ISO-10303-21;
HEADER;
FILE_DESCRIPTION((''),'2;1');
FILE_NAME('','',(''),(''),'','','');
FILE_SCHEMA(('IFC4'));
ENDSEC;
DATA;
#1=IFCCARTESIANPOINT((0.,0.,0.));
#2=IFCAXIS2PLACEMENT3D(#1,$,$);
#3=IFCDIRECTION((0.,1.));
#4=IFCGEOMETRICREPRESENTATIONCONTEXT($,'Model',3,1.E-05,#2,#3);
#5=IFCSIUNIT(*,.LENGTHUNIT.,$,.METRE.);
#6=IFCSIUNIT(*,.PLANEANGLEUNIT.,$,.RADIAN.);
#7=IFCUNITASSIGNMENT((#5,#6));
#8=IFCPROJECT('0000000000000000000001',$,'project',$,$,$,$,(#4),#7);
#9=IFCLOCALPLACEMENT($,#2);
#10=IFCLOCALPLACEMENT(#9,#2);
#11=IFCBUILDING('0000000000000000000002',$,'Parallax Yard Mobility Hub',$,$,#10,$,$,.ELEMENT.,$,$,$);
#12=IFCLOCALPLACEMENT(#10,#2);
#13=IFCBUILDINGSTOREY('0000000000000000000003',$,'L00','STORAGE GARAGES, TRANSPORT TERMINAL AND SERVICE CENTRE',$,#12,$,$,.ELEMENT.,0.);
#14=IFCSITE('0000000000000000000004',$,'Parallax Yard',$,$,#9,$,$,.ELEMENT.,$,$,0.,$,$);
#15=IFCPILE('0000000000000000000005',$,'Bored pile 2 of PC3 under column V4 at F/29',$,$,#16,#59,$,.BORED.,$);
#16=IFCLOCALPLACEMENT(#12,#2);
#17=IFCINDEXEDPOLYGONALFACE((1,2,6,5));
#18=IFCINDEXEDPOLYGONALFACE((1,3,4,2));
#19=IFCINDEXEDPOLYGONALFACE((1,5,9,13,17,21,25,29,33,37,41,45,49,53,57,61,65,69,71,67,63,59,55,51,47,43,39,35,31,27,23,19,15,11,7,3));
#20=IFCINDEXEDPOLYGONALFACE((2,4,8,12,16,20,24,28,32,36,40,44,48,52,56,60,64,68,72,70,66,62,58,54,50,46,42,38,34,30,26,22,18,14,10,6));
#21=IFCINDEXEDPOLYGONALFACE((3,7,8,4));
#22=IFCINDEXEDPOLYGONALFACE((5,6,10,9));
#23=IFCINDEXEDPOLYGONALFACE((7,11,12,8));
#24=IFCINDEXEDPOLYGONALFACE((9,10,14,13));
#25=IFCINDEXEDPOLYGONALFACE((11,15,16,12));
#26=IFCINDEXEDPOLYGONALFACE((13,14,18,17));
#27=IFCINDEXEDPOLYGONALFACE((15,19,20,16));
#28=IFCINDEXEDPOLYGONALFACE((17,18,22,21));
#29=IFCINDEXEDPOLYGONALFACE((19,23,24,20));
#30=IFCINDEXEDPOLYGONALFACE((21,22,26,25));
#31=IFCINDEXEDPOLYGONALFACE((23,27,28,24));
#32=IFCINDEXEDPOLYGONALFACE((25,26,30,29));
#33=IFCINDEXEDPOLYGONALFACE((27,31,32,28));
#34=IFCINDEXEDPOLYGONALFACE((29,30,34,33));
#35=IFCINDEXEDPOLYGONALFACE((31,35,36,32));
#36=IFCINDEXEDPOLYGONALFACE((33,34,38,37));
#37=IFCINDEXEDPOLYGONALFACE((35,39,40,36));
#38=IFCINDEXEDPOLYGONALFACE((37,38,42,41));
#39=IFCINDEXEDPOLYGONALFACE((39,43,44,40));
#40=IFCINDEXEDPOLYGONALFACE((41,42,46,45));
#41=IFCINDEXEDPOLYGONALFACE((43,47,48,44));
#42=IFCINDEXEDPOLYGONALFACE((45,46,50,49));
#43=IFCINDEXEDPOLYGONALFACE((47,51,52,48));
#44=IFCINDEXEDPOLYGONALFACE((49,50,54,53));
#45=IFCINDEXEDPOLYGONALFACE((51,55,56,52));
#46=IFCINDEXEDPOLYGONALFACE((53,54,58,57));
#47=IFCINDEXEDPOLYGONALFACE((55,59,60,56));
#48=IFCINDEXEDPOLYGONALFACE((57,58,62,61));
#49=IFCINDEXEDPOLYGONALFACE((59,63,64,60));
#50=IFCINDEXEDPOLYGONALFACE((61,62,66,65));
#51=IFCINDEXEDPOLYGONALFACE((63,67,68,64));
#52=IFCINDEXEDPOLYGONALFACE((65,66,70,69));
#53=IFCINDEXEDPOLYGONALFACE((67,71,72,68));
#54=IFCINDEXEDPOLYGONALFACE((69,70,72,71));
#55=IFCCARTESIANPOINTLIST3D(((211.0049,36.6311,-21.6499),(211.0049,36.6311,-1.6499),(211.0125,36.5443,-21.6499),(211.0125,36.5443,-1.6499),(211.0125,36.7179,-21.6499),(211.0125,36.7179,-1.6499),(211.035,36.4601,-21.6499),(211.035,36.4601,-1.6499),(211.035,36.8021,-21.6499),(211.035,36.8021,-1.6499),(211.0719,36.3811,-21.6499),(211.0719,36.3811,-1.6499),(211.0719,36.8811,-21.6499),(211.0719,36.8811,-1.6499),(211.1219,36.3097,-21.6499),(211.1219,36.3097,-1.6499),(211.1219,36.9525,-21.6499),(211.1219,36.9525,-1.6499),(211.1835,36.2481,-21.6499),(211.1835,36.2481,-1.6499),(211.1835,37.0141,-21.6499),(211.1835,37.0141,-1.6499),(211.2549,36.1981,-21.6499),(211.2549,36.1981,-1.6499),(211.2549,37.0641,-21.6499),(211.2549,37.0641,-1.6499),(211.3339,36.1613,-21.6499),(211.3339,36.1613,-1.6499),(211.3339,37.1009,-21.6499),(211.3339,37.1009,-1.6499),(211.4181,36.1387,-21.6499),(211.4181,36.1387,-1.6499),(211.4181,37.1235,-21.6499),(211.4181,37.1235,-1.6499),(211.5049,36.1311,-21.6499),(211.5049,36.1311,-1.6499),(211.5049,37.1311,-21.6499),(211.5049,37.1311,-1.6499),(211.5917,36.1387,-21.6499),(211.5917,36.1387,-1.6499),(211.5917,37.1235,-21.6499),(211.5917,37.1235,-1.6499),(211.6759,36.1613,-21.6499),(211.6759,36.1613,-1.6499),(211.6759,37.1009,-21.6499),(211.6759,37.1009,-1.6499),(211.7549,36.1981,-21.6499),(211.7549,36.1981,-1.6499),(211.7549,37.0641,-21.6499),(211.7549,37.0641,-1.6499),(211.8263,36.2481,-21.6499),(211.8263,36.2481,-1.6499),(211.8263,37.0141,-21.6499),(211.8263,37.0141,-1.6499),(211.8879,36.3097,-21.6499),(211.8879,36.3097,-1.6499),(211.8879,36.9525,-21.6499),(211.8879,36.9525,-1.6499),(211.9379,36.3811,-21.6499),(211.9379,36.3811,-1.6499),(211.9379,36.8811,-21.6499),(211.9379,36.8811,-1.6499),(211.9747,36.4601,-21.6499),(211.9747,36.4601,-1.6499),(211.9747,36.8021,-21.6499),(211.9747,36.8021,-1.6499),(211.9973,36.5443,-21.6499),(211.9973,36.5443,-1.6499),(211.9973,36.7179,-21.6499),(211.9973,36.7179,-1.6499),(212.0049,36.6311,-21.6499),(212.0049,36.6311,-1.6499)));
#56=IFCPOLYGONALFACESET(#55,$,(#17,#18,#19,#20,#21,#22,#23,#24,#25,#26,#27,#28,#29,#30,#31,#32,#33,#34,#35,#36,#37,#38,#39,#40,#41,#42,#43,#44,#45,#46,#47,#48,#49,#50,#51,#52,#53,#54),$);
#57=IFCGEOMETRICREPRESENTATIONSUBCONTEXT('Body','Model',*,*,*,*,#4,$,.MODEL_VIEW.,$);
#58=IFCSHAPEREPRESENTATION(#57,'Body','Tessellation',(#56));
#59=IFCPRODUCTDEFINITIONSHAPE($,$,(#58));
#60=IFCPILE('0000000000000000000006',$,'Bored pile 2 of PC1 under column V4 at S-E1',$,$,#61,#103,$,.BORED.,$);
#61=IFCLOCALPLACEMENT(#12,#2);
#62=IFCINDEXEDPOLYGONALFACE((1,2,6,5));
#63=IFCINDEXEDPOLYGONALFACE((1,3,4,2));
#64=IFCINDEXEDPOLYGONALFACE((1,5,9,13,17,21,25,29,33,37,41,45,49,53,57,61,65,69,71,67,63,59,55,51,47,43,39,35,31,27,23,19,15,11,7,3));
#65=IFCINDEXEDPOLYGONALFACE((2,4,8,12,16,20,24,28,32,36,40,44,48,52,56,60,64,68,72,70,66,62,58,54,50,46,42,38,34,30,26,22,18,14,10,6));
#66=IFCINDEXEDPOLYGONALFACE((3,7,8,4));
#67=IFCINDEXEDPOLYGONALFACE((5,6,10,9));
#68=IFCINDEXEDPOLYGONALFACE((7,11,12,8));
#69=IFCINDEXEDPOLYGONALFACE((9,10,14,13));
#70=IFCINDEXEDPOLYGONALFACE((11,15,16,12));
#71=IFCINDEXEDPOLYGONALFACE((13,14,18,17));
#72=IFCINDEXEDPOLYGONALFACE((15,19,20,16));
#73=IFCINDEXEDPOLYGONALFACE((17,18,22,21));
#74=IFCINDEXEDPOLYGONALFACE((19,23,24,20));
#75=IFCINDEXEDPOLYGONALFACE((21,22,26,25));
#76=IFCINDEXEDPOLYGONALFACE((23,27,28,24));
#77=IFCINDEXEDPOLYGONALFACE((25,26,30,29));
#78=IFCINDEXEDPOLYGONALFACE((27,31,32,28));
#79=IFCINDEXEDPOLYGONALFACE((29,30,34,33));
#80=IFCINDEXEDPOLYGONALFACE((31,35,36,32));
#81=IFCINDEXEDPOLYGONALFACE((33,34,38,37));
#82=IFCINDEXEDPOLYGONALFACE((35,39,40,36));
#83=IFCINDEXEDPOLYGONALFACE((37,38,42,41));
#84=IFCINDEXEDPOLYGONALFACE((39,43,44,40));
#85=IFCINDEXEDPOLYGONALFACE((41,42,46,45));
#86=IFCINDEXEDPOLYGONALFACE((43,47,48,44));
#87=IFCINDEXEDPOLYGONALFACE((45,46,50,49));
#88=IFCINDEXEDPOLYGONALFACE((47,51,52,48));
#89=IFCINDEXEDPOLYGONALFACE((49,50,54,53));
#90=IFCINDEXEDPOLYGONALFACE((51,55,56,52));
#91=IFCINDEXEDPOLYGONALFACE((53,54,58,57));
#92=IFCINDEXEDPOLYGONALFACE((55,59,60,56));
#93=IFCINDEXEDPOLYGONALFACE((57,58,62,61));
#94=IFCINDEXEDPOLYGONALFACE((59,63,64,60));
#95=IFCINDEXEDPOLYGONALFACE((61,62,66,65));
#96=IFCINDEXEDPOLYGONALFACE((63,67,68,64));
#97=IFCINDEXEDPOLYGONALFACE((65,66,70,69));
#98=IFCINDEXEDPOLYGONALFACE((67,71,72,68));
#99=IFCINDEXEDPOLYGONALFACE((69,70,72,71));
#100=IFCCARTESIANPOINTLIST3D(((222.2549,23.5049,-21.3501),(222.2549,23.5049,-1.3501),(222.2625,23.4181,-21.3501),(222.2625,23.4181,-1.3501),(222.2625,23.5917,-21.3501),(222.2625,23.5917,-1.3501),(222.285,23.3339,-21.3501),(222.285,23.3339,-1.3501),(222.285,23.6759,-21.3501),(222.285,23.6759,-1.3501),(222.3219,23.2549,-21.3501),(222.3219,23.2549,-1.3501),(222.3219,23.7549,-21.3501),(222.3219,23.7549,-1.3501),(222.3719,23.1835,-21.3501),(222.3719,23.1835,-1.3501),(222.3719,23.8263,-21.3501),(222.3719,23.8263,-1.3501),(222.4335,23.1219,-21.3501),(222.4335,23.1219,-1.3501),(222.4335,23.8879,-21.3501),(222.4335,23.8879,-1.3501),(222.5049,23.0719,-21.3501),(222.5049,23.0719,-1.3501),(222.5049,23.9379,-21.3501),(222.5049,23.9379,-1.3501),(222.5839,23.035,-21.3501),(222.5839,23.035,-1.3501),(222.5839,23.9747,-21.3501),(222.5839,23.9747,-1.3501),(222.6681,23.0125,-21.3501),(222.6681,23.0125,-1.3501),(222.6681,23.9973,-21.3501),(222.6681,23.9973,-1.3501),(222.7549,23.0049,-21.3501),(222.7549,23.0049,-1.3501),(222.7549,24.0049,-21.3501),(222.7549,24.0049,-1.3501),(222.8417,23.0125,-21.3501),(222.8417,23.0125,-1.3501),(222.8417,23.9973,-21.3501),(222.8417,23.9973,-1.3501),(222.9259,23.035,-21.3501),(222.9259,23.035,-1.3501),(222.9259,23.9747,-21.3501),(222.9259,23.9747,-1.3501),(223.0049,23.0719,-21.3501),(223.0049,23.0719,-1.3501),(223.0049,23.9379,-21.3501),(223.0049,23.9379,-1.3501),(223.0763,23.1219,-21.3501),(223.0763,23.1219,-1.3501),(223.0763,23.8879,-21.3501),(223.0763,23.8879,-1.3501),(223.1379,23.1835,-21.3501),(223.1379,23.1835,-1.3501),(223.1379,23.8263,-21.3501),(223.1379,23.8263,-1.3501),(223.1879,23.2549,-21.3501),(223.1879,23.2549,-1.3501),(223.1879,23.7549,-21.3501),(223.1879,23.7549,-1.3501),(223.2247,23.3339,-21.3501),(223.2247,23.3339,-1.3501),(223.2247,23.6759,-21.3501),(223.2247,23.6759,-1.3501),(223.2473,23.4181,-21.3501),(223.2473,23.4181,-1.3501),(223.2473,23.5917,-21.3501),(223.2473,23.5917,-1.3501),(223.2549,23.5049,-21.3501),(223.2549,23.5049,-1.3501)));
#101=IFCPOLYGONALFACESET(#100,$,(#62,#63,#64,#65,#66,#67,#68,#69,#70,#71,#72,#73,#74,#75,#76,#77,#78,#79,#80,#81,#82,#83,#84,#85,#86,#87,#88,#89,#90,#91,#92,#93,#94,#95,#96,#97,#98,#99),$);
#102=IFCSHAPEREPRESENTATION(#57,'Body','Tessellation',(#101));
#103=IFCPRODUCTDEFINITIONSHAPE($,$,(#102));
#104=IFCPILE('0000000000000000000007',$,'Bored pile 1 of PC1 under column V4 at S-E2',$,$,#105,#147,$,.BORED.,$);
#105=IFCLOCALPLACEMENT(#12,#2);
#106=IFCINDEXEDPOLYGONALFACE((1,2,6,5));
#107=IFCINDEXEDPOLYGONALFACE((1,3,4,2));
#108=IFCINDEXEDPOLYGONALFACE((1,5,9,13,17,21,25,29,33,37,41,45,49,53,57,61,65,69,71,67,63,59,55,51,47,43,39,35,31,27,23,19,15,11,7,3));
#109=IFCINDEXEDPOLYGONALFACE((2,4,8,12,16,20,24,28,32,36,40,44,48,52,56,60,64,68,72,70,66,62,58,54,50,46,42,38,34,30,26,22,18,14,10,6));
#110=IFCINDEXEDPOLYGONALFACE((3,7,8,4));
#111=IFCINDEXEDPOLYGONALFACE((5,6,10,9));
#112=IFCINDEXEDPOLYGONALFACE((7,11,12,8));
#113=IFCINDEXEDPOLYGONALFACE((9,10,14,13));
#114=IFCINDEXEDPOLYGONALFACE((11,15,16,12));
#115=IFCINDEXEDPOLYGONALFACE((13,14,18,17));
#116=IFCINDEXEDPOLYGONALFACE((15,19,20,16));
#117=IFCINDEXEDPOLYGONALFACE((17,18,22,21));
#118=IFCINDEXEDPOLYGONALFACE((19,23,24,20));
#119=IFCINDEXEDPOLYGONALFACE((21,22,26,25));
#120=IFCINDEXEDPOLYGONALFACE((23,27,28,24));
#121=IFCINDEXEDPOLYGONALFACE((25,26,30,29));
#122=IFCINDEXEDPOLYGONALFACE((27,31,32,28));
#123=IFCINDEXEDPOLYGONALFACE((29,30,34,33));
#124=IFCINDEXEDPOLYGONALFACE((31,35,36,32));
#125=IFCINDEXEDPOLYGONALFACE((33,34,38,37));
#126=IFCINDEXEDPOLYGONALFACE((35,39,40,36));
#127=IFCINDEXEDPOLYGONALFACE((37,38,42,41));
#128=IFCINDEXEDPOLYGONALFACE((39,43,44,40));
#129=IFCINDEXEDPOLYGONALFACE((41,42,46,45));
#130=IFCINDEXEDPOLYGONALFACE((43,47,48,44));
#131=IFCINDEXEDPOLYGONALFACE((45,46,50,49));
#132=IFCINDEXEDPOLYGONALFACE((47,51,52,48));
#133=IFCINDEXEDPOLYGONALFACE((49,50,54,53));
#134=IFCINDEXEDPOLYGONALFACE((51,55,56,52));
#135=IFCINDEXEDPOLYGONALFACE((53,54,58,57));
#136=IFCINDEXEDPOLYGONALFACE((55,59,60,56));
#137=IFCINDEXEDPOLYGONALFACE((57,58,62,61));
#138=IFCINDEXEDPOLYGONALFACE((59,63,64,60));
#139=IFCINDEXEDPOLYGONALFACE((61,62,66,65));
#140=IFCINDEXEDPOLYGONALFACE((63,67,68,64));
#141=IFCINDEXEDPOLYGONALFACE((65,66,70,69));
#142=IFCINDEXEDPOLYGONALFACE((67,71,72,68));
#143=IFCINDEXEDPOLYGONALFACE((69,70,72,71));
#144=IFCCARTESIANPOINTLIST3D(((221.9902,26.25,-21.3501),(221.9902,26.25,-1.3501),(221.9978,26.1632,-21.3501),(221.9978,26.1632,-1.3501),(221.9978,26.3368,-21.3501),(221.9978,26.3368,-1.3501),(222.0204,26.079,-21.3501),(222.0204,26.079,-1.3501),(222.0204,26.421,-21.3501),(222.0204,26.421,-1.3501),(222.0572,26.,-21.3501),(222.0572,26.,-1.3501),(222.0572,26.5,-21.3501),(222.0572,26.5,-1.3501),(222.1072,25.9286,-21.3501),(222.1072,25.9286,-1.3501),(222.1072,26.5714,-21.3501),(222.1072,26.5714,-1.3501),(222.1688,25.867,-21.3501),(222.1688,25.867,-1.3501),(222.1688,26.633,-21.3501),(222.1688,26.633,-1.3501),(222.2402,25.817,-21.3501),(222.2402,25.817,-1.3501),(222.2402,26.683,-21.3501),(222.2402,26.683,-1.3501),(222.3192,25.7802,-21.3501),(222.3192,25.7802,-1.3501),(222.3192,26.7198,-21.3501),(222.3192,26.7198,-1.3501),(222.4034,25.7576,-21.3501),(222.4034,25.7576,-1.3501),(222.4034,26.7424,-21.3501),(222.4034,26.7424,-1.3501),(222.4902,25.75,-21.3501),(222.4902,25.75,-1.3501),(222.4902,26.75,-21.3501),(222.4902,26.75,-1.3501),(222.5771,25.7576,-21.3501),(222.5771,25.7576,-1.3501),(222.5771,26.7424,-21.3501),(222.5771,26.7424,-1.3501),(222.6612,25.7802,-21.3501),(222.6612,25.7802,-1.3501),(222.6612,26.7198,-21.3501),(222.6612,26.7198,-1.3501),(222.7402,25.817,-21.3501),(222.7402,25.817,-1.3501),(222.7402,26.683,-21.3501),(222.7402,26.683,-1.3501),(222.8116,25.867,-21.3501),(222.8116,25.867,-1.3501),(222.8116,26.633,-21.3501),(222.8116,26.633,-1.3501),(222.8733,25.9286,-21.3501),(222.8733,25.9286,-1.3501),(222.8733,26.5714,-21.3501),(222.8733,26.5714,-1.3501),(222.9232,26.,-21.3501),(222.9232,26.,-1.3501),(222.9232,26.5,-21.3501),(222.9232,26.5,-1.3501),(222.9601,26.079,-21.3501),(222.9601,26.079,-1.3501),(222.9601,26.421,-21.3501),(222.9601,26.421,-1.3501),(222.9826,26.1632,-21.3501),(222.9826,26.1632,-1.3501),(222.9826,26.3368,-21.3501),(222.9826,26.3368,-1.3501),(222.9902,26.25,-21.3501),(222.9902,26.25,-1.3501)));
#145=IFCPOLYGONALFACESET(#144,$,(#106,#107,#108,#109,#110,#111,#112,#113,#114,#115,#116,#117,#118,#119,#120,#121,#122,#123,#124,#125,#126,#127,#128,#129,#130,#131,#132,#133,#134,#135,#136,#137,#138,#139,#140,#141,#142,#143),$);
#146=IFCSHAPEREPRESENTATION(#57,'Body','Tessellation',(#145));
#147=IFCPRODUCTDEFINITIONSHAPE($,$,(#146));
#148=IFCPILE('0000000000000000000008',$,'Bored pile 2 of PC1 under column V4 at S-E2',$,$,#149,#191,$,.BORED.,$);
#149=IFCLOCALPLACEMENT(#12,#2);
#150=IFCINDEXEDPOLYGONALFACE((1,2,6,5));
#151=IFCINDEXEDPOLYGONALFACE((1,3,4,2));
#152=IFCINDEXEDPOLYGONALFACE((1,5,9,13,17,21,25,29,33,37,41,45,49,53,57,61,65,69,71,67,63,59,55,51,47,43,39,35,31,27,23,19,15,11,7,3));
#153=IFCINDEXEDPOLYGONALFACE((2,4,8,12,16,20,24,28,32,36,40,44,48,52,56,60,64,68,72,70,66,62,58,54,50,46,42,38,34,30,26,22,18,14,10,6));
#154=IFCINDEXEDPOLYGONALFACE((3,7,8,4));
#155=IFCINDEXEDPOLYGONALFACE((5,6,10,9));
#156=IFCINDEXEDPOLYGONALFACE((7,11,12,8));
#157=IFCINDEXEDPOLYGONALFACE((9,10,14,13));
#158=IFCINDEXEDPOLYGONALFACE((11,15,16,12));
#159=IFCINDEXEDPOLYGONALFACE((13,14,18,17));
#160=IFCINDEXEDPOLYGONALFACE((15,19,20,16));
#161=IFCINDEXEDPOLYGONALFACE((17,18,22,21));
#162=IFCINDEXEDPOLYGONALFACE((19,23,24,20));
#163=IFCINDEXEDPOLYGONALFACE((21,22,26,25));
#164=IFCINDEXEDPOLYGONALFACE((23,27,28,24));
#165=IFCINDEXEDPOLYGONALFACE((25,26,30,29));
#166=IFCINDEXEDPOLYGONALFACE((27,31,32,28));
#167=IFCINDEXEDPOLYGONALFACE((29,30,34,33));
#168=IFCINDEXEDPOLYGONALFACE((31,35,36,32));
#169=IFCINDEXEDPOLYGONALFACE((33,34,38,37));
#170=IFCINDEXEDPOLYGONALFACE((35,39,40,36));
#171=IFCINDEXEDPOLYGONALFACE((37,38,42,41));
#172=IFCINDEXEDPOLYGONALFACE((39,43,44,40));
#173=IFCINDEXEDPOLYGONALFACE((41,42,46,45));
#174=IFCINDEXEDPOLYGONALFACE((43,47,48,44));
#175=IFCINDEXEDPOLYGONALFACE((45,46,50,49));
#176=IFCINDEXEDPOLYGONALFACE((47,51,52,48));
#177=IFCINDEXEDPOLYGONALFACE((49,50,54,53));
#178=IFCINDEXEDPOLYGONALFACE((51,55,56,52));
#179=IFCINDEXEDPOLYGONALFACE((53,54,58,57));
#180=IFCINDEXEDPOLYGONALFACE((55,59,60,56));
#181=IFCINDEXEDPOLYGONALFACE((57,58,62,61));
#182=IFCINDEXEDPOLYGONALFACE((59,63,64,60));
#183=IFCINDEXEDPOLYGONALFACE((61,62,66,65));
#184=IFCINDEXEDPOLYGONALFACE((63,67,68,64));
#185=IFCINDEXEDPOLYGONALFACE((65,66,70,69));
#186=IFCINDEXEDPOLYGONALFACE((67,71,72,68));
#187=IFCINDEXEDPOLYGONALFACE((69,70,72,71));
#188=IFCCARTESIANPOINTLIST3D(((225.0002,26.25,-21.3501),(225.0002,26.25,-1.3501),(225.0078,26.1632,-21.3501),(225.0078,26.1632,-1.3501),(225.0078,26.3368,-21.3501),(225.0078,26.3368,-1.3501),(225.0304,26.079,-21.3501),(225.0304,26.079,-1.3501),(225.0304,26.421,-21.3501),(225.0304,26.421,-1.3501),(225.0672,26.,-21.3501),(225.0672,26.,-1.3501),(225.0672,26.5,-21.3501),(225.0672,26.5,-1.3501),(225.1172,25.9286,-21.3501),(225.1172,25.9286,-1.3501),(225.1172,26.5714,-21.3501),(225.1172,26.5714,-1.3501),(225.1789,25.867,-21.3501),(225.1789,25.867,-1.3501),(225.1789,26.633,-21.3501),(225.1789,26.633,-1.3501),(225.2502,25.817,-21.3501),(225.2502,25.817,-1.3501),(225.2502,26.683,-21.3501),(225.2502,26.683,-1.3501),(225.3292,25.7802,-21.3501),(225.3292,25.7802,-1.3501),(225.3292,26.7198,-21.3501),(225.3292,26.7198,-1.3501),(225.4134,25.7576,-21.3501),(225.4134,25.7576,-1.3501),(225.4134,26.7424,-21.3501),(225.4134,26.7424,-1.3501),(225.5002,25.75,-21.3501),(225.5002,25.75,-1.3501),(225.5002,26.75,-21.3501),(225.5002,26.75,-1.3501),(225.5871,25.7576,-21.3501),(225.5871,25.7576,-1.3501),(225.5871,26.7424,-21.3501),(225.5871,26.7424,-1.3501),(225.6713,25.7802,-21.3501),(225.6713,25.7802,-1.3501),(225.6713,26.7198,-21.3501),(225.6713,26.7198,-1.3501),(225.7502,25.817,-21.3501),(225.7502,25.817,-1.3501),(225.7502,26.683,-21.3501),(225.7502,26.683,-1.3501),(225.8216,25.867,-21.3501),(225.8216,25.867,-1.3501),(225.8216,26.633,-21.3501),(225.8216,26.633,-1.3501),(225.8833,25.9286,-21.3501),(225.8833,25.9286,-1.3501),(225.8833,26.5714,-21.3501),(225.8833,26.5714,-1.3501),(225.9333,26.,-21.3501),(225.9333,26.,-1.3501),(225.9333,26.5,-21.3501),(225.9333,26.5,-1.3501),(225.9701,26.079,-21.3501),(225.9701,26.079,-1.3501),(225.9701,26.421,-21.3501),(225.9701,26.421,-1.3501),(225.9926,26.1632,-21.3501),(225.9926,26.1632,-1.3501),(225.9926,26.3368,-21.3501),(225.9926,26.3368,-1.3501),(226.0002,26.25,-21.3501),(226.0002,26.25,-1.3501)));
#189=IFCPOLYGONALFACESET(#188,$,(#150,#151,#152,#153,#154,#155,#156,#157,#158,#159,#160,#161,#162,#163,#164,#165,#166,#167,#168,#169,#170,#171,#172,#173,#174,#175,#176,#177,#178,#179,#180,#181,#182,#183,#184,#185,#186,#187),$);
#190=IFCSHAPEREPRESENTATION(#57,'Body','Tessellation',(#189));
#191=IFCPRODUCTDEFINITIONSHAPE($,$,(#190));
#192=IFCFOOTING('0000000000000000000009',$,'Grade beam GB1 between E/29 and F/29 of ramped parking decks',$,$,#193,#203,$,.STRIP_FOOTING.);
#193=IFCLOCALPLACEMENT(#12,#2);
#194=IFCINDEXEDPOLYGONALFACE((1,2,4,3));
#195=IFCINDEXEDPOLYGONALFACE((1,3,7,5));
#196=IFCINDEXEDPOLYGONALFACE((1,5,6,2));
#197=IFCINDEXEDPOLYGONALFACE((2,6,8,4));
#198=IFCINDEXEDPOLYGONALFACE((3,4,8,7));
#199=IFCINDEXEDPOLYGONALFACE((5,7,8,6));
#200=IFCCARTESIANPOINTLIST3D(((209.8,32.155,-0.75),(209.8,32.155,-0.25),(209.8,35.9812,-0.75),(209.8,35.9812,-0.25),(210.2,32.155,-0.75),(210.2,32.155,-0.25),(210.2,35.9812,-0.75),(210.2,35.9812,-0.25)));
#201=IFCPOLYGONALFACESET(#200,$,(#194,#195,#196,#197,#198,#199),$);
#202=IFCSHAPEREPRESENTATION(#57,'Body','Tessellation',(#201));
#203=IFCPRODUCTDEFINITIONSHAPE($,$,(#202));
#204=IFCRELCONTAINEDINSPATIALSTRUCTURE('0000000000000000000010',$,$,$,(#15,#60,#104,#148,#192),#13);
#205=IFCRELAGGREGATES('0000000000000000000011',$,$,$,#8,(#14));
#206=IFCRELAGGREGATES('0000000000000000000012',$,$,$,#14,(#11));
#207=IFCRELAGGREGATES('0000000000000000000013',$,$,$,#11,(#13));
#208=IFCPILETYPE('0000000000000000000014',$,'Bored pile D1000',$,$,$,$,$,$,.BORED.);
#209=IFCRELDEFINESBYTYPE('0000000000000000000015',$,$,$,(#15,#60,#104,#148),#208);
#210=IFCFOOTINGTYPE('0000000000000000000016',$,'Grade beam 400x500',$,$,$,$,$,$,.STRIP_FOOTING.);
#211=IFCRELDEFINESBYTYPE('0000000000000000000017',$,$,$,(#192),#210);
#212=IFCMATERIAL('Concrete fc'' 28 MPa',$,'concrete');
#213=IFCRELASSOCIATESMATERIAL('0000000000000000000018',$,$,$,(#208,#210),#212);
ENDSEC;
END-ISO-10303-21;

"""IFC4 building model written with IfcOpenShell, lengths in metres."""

from ifc_helpers import new_model, si_unit, direction, frame, origin, origin_2d, place, context, subcontext, project, spatial, rectangle, circle, extrude, material, material_profile, profile_set, type_object, element, save


model = new_model("IFC4")

# Units and contexts
model_context = context("Model", 3, precision=1e-05, world=origin(), true_north=direction((0.0, 1.0)))
body_context = subcontext(model_context, "Body", "Model", "MODEL_VIEW")
ifc_project = project(units=[si_unit("LENGTHUNIT", "METRE"), si_unit("PLANEANGLEUNIT", "RADIAN")], contexts=[model_context])

# Site, building, storey
site_placement = place(None, origin())
site = spatial("IfcSite", under=ifc_project, at=site_placement, Name="Parallax Yard", CompositionType="ELEMENT", RefElevation=0.0)
building_placement = place(site_placement, origin())
building = spatial("IfcBuilding", under=site, at=building_placement, Name="Parallax Yard Mobility Hub", CompositionType="ELEMENT")
storey_placement = place(building_placement, origin())
storey = spatial("IfcBuildingStorey", under=building, at=storey_placement, Name="L00", Description="STORAGE GARAGES, TRANSPORT TERMINAL AND SERVICE CENTRE", CompositionType="ELEMENT", Elevation=0.0)

# Piles
ifc_material_1 = material(Name="Concrete fc' 28 MPa", Category="concrete")
ifc_material_profile_1 = material_profile(ifc_material_1, circle(Radius=0.5, at=origin_2d()), Name="Bored pile D1000")
ifc_profile_set_1 = profile_set([ifc_material_profile_1], Name="Concrete fc' 28 MPa")
pile_type = type_object("IfcPileType", Name="Bored pile D1000", PredefinedType="BORED", material=ifc_profile_set_1)
for number, where, z_axis, x_axis, name in (
    (1, (211.5049, 36.6311, -1.6499), (0.0, 0.0, -1.0), (1.0, 0.0, 0.0), "Bored pile 2 of PC3 under column V4 at F/29"),
    (2, (222.7549, 23.5049, -1.3501), (0.0, 0.0, -1.0), (1.0, 0.0, 0.0), "Bored pile 2 of PC1 under column V4 at S-E1"),
    (3, (222.4902, 26.25, -1.3501), (0.0, 0.0, -1.0), (1.0, 0.0, 0.0), "Bored pile 1 of PC1 under column V4 at S-E2"),
    (4, (225.5002, 26.25, -1.3501), (0.0, 0.0, -1.0), (1.0, 0.0, 0.0), "Bored pile 2 of PC1 under column V4 at S-E2"),
):
    element("IfcPile", number, at=place(storey_placement, frame(where, z_axis=z_axis, x_axis=x_axis)), inside=storey, type_object=pile_type, Name=name, PredefinedType="BORED", context=body_context, shape_type="SweptSolid", body=[
        extrude(circle(Radius=0.5, at=origin_2d()), origin(), (0.0, 0.0, 1.0), 20.0),
    ])

# Footing
ifc_material_profile_2 = material_profile(ifc_material_1, rectangle(XDim=0.3999, YDim=0.5, at=origin_2d()), Name="Grade beam 400x500")
ifc_profile_set_2 = profile_set([ifc_material_profile_2], Name="Concrete fc' 28 MPa")
footing_type_1 = type_object("IfcFootingType", Name="Grade beam 400x500", PredefinedType="STRIP_FOOTING", material=ifc_profile_set_2)
footing_1_placement = place(storey_placement, frame((210.0, 32.155, -0.5), z_axis=(0.0, 1.0, 0.0), x_axis=(-1.0, 0.0, 0.0)))
element("IfcFooting", 5, at=footing_1_placement, inside=storey, type_object=footing_type_1, Name="Grade beam GB1 between E/29 and F/29 of ramped parking decks", PredefinedType="STRIP_FOOTING", context=body_context, shape_type="SweptSolid", body=[
    extrude(rectangle(XDim=0.3999, YDim=0.5, at=origin_2d()), origin(), (0.0, 0.0, 1.0), 3.8262),
])

save(model, "model.ifc")
